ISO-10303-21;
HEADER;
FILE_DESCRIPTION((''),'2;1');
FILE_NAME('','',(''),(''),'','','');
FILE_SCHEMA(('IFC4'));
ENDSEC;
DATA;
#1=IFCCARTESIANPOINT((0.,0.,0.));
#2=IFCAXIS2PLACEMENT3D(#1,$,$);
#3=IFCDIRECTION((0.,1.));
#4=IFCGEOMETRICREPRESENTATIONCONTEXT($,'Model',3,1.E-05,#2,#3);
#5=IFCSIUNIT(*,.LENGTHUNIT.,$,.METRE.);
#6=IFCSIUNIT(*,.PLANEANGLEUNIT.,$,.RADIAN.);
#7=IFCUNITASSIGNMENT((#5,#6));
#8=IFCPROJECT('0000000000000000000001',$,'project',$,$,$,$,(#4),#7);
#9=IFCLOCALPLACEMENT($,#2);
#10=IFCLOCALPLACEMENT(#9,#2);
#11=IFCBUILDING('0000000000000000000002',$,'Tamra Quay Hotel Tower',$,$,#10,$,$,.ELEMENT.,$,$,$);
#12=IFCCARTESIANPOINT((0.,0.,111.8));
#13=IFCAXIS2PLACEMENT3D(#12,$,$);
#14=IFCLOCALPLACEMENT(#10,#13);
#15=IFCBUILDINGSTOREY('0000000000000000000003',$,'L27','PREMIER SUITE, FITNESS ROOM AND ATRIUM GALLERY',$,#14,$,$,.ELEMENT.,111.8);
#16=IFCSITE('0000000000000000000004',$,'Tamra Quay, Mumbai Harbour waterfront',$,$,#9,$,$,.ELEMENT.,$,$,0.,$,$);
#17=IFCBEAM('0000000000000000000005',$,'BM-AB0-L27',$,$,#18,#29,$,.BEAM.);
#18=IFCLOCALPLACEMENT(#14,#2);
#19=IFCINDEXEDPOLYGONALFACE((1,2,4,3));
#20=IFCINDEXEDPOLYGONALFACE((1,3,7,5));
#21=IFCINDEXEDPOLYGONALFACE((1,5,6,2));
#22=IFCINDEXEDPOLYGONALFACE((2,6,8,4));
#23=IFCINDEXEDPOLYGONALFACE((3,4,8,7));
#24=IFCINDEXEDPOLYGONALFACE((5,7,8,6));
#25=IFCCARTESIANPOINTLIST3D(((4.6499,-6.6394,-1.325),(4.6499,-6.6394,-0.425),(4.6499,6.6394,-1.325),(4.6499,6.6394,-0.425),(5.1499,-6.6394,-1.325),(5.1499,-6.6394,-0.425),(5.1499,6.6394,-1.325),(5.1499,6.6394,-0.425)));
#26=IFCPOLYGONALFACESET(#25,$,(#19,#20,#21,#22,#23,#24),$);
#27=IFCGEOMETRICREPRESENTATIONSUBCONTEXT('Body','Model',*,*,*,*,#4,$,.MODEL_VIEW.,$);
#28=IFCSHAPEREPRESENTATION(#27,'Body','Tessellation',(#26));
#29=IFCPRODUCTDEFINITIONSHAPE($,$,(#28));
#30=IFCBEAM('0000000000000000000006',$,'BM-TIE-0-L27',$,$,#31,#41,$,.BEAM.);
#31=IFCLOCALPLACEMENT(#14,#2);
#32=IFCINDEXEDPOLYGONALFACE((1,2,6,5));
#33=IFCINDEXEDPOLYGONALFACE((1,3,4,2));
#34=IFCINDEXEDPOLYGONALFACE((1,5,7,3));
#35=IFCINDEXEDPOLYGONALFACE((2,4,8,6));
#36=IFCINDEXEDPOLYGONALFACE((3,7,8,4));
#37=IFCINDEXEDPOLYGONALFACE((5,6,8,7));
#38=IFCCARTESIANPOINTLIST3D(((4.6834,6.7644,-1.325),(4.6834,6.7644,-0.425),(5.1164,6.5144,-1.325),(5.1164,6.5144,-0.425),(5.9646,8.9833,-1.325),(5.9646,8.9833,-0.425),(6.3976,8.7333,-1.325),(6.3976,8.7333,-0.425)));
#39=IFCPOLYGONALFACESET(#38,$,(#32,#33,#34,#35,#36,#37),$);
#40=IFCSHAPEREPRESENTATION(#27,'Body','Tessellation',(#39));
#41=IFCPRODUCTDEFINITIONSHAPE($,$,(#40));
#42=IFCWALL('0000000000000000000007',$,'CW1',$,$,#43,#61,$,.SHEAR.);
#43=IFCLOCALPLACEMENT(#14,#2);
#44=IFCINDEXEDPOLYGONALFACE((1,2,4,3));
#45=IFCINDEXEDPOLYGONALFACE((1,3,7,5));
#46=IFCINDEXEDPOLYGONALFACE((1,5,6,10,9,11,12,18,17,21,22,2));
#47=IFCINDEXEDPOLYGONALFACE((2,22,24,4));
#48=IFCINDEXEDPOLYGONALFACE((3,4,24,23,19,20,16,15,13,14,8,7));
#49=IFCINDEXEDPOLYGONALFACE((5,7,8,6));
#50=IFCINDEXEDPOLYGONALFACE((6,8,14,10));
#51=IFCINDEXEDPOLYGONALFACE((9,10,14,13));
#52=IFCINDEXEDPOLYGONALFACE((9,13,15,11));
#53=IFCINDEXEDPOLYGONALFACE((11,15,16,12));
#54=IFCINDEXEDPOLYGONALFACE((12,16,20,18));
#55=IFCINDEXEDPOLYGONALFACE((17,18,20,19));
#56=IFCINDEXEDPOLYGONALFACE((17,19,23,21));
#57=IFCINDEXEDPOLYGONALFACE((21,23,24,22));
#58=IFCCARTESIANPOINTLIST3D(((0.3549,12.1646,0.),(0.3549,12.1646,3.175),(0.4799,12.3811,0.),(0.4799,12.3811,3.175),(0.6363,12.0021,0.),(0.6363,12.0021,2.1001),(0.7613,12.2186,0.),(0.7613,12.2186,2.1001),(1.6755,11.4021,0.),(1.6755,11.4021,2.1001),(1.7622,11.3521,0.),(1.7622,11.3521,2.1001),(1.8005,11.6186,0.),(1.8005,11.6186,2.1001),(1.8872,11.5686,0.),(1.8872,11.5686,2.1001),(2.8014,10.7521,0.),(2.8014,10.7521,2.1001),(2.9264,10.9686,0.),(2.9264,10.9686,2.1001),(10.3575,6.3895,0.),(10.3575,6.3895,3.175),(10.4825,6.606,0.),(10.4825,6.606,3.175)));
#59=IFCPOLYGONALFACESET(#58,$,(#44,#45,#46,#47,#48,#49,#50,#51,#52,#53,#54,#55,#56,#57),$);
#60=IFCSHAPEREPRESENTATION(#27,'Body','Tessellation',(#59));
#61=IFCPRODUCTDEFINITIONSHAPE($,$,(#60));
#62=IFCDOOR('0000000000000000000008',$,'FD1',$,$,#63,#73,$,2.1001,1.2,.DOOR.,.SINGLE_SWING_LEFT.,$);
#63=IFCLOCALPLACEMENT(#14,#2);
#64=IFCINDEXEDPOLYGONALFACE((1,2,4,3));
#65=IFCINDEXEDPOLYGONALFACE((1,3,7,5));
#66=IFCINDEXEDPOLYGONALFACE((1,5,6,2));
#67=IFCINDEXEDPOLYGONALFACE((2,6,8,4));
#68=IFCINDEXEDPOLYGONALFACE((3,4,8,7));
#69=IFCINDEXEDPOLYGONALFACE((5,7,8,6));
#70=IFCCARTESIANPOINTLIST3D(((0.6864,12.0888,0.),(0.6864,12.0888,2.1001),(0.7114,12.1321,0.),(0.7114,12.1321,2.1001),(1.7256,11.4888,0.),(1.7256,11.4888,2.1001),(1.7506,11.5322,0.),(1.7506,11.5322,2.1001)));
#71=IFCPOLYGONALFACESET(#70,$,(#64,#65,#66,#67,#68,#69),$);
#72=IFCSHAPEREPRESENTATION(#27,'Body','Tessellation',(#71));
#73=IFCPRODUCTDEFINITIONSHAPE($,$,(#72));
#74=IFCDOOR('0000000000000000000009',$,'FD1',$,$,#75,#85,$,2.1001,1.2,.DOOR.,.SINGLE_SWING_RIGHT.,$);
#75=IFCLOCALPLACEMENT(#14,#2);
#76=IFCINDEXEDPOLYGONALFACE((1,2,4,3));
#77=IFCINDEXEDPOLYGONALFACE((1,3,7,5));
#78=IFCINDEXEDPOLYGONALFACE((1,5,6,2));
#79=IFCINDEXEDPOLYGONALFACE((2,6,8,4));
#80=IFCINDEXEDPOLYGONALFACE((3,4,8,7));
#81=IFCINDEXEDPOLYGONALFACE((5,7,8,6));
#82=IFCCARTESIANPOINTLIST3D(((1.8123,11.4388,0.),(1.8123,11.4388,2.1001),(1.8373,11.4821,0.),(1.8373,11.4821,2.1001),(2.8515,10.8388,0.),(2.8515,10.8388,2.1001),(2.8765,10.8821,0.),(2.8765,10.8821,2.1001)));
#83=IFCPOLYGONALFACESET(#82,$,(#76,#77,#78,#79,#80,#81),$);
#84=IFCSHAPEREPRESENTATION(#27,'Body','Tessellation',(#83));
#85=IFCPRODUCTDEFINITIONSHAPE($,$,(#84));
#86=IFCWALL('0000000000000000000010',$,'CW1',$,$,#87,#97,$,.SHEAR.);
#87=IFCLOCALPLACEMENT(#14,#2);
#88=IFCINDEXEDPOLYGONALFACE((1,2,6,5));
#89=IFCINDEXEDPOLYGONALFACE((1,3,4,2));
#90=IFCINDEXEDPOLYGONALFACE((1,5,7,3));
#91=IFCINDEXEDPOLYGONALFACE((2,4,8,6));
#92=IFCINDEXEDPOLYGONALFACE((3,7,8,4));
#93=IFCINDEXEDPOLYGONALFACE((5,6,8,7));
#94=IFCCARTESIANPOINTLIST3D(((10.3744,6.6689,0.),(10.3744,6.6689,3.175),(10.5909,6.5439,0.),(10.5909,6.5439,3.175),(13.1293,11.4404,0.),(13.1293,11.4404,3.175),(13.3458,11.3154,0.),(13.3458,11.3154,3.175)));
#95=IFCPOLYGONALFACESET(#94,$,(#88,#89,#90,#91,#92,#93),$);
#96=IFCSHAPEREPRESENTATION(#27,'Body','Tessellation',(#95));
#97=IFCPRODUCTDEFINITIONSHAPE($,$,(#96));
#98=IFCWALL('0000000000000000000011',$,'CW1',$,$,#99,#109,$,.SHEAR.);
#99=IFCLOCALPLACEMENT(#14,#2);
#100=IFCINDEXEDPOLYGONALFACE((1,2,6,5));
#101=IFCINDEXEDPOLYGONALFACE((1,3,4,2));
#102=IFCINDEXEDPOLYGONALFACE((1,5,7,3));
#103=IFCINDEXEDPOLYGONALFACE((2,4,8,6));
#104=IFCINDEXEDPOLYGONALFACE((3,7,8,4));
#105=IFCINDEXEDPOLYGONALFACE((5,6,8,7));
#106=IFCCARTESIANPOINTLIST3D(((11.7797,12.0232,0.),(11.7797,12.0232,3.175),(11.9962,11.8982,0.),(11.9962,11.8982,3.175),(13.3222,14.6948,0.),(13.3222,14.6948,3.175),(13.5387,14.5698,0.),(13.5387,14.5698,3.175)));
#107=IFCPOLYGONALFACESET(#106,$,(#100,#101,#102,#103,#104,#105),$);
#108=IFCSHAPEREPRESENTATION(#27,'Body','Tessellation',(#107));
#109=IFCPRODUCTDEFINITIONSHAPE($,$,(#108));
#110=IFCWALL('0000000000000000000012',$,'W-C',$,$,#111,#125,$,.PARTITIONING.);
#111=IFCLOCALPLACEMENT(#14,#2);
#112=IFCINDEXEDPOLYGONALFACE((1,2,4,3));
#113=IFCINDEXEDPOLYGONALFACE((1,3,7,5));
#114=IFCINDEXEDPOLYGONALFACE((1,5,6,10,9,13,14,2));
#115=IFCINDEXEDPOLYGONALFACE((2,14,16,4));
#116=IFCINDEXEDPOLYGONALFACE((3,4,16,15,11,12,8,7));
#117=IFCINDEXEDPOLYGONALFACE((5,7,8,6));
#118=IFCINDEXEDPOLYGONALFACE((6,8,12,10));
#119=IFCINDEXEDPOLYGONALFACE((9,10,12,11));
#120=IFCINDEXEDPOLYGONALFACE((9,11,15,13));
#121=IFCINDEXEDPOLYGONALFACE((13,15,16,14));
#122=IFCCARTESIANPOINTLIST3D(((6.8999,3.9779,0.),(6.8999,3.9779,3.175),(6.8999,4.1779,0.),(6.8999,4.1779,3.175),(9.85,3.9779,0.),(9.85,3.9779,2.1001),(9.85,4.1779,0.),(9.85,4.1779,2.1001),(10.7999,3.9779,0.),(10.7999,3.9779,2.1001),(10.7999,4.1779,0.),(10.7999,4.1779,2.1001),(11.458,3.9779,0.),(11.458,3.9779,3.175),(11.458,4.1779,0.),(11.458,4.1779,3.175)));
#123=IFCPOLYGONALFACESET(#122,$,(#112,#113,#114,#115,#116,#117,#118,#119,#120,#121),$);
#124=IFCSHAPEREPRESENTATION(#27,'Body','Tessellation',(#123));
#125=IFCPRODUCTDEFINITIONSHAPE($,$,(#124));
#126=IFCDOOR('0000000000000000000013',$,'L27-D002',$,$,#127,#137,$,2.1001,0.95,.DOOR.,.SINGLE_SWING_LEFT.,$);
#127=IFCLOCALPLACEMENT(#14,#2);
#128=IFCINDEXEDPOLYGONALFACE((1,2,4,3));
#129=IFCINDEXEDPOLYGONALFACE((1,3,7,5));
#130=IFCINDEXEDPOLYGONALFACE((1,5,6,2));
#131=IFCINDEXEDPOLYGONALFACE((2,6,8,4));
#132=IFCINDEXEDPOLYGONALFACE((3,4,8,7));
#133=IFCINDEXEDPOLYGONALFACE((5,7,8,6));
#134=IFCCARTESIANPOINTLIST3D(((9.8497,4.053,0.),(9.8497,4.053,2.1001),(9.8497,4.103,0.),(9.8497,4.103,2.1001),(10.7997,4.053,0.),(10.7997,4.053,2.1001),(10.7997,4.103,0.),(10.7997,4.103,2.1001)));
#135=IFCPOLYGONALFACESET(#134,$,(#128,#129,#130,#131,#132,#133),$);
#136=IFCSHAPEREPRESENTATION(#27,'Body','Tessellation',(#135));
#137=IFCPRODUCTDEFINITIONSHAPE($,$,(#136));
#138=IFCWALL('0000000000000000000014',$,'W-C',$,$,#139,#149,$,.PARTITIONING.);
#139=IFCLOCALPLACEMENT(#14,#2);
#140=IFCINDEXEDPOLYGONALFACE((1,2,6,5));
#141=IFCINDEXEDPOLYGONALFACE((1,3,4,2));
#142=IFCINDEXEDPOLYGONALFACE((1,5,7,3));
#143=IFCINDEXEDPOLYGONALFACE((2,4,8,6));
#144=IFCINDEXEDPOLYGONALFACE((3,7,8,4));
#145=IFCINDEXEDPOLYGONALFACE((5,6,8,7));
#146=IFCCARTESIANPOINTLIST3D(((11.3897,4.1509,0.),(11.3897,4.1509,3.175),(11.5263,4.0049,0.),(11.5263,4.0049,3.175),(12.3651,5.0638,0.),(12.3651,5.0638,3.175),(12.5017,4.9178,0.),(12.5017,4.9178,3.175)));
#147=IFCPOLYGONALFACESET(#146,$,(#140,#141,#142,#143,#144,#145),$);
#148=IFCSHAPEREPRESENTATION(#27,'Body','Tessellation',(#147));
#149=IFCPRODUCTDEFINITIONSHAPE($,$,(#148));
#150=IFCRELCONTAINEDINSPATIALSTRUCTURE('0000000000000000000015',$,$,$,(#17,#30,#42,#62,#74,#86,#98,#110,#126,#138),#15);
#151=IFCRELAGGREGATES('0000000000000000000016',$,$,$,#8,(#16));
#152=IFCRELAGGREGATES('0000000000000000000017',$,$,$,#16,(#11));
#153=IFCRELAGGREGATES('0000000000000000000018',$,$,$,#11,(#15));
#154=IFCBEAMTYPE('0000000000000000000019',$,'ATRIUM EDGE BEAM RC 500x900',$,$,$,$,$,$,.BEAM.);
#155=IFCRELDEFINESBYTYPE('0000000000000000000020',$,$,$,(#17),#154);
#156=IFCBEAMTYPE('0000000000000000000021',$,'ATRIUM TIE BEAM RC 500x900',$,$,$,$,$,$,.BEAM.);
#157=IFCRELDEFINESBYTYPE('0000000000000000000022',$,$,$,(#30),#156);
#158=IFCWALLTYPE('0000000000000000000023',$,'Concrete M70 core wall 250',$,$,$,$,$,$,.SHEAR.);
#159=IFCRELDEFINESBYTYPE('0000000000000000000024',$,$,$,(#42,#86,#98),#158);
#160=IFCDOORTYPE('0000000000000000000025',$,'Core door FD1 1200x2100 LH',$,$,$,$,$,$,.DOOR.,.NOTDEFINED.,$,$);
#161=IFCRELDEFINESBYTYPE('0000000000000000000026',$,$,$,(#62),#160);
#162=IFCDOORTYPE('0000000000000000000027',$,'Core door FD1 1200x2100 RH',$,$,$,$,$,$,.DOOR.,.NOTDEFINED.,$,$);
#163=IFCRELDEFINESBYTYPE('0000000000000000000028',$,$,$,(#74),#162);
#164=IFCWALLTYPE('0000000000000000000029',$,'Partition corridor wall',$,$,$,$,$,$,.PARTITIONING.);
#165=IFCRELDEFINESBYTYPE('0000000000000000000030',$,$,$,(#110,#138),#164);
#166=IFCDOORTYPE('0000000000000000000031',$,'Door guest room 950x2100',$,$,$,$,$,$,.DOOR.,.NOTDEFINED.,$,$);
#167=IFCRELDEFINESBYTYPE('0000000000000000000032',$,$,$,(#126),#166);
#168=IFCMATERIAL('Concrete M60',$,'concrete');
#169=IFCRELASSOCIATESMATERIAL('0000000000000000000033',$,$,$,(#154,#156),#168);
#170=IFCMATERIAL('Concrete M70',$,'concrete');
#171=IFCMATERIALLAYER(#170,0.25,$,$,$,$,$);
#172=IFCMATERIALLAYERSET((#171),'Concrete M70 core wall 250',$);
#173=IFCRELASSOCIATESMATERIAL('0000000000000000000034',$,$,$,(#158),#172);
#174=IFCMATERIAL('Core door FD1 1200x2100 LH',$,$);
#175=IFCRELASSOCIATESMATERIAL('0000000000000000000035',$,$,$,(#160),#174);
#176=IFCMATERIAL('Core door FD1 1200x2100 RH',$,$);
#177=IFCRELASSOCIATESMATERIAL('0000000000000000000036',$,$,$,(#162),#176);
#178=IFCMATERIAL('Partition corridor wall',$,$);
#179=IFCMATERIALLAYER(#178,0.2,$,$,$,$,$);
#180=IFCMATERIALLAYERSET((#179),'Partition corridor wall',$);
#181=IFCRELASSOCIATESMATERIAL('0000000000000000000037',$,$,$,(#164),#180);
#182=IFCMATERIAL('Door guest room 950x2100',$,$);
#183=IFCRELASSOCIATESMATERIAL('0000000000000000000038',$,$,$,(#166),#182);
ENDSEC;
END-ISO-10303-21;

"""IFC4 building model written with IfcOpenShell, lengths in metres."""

from ifc_helpers import new_model, si_unit, direction, frame, frame_2d, origin, origin_2d, place, context, subcontext, project, spatial, rectangle, extrude, material, layer, layer_set, material_profile, profile_set, type_object, element, fill, save


model = new_model("IFC4")

# Units and contexts
model_context = context("Model", 3, precision=1e-05, world=origin(), true_north=direction((0.0, 1.0)))
body_context = subcontext(model_context, "Body", "Model", "MODEL_VIEW")
ifc_project = project(units=[si_unit("LENGTHUNIT", "METRE"), si_unit("PLANEANGLEUNIT", "RADIAN")], contexts=[model_context])

# Site, building, storey
site_placement = place(None, origin())
site = spatial("IfcSite", under=ifc_project, at=site_placement, Name="Tamra Quay, Mumbai Harbour waterfront", CompositionType="ELEMENT", RefElevation=0.0)
building_placement = place(site_placement, origin())
building = spatial("IfcBuilding", under=site, at=building_placement, Name="Tamra Quay Hotel Tower", CompositionType="ELEMENT")
storey_placement = place(building_placement, frame((0.0, 0.0, 111.8)))
storey = spatial("IfcBuildingStorey", under=building, at=storey_placement, Name="L27", Description="PREMIER SUITE, FITNESS ROOM AND ATRIUM GALLERY", CompositionType="ELEMENT", Elevation=111.8)

# Beams
ifc_material_1 = material(Name="Concrete M60", Category="concrete")
ifc_material_profile_1 = material_profile(ifc_material_1, rectangle(XDim=0.5, YDim=0.8999, at=origin_2d()), Name="ATRIUM EDGE BEAM RC 500x900")
ifc_profile_set_1 = profile_set([ifc_material_profile_1], Name="Concrete M60")
beam_type_1 = type_object("IfcBeamType", Name="ATRIUM EDGE BEAM RC 500x900", PredefinedType="BEAM", material=ifc_profile_set_1)
beam_1_placement = place(storey_placement, frame((4.8999, 6.6394, -0.875), z_axis=(0.0, -1.0, 0.0), x_axis=(1.0, 0.0, 0.0)))
element("IfcBeam", 1, at=beam_1_placement, inside=storey, type_object=beam_type_1, Name="BM-AB0-L27", PredefinedType="BEAM", context=body_context, shape_type="SweptSolid", body=[
    extrude(rectangle(XDim=0.5, YDim=0.8999, at=origin_2d()), origin(), (0.0, 0.0, 1.0), 13.2788),
])
ifc_material_profile_2 = material_profile(ifc_material_1, rectangle(XDim=0.5, YDim=0.8999, at=origin_2d()), Name="ATRIUM TIE BEAM RC 500x900")
ifc_profile_set_2 = profile_set([ifc_material_profile_2], Name="Concrete M60")
beam_type_2 = type_object("IfcBeamType", Name="ATRIUM TIE BEAM RC 500x900", PredefinedType="BEAM", material=ifc_profile_set_2)
beam_2_placement = place(storey_placement, frame((4.8999, 6.6394, -0.875), z_axis=(0.500033, 0.866006, 0.0), x_axis=(-0.866006, 0.500033, 0.0)))
element("IfcBeam", 2, at=beam_2_placement, inside=storey, type_object=beam_type_2, Name="BM-TIE-0-L27", PredefinedType="BEAM", context=body_context, shape_type="SweptSolid", body=[
    extrude(rectangle(XDim=0.5, YDim=0.8999, at=origin_2d()), origin(), (0.0, 0.0, 1.0), 2.5623),
])

# Wall, openings, doors
ifc_material_2 = material(Name="Concrete M70", Category="concrete")
ifc_layer_1 = layer(ifc_material_2, 0.25)
ifc_layer_set_1 = layer_set([ifc_layer_1], Name="Concrete M70 core wall 250")
wall_type_1 = type_object("IfcWallType", Name="Concrete M70 core wall 250", PredefinedType="SHEAR", material=ifc_layer_set_1)
wall_1_placement = place(storey_placement, frame((10.4199, 6.4978, 0.0), z_axis=(0.0, 0.0, 1.0), x_axis=(-0.866022, 0.500006, 0.0)))
wall_1 = element("IfcWall", 3, at=wall_1_placement, inside=storey, type_object=wall_type_1, Name="CW1", PredefinedType="SHEAR", context=body_context, shape_type="SweptSolid", body=[
    extrude(rectangle(XDim=11.55, YDim=0.25, at=frame_2d((5.7749, 0.0))), origin(), (0.0, 0.0, 1.0), 3.175),
])
opening_1_placement = place(wall_1_placement, frame((10.0249, 0.0, 0.0)))
opening_1 = element("IfcOpeningElement", 4, at=opening_1_placement, cuts=wall_1, PredefinedType="OPENING", context=body_context, shape_type="SweptSolid", body=[
    extrude(rectangle(XDim=1.2, YDim=2.1001, at=frame_2d((0.6001, 1.05))), frame((0.0, 0.135, 0.0), z_axis=(0.0, -1.0, 0.0), x_axis=(1.0, 0.0, 0.0)), (0.0, 0.0, 1.0), 0.27),
])
opening_2_placement = place(wall_1_placement, frame((8.7249, 0.0, 0.0)))
opening_2 = element("IfcOpeningElement", 5, at=opening_2_placement, cuts=wall_1, PredefinedType="OPENING", context=body_context, shape_type="SweptSolid", body=[
    extrude(rectangle(XDim=1.2, YDim=2.1001, at=frame_2d((0.6001, 1.05))), frame((0.0, 0.135, 0.0), z_axis=(0.0, -1.0, 0.0), x_axis=(1.0, 0.0, 0.0)), (0.0, 0.0, 1.0), 0.27),
])
ifc_material_3 = material(Name="Core door FD1 1200x2100 LH")
door_type_1 = type_object("IfcDoorType", Name="Core door FD1 1200x2100 LH", OperationType="NOTDEFINED", PredefinedType="DOOR", material=ifc_material_3)
door_1_placement = place(opening_1_placement, origin())
door_1 = element("IfcDoor", 6, at=door_1_placement, inside=storey, type_object=door_type_1, Name="FD1", OperationType="SINGLE_SWING_LEFT", OverallHeight=2.1001, OverallWidth=1.2, PredefinedType="DOOR", context=body_context, shape_type="SweptSolid", body=[
    extrude(rectangle(XDim=1.2, YDim=2.1001, at=frame_2d((0.6001, 1.05))), frame((0.0, 0.0249, 0.0), z_axis=(0.0, -1.0, 0.0), x_axis=(1.0, 0.0, 0.0)), (0.0, 0.0, 1.0), 0.05),
])
fill(opening_1, door_1)
ifc_material_4 = material(Name="Core door FD1 1200x2100 RH")
door_type_2 = type_object("IfcDoorType", Name="Core door FD1 1200x2100 RH", OperationType="NOTDEFINED", PredefinedType="DOOR", material=ifc_material_4)
door_2_placement = place(opening_2_placement, origin())
door_2 = element("IfcDoor", 7, at=door_2_placement, inside=storey, type_object=door_type_2, Name="FD1", OperationType="SINGLE_SWING_RIGHT", OverallHeight=2.1001, OverallWidth=1.2, PredefinedType="DOOR", context=body_context, shape_type="SweptSolid", body=[
    extrude(rectangle(XDim=1.2, YDim=2.1001, at=frame_2d((0.6001, 1.05))), frame((0.0, 0.0249, 0.0), z_axis=(0.0, -1.0, 0.0), x_axis=(1.0, 0.0, 0.0)), (0.0, 0.0, 1.0), 0.05),
])
fill(opening_2, door_2)

# Walls
wall_2_placement = place(storey_placement, frame((13.2375, 11.3779, 0.0), z_axis=(0.0, 0.0, 1.0), x_axis=(-0.500009, -0.86602, 0.0)))
element("IfcWall", 8, at=wall_2_placement, inside=storey, type_object=wall_type_1, Name="CW1", PredefinedType="SHEAR", context=body_context, shape_type="SweptSolid", body=[
    extrude(rectangle(XDim=5.5098, YDim=0.25, at=frame_2d((2.7549, 0.0))), origin(), (0.0, 0.0, 1.0), 3.175),
])
wall_3_placement = place(storey_placement, frame((11.8879, 11.9607, 0.0), z_axis=(0.0, 0.0, 1.0), x_axis=(0.500003, 0.866023, 0.0)))
element("IfcWall", 9, at=wall_3_placement, inside=storey, type_object=wall_type_1, Name="CW1", PredefinedType="SHEAR", context=body_context, shape_type="SweptSolid", body=[
    extrude(rectangle(XDim=3.085, YDim=0.25, at=frame_2d((1.5425, 0.0))), origin(), (0.0, 0.0, 1.0), 3.175),
])

# Wall, opening, door
ifc_material_5 = material(Name="Partition corridor wall")
ifc_layer_2 = layer(ifc_material_5, 0.2)
ifc_layer_set_2 = layer_set([ifc_layer_2], Name="Partition corridor wall")
wall_type_2 = type_object("IfcWallType", Name="Partition corridor wall", PredefinedType="PARTITIONING", material=ifc_layer_set_2)
wall_4_placement = place(storey_placement, frame((6.8999, 4.0779, 0.0), z_axis=(0.0, 0.0, 1.0), x_axis=(1.0, 0.0, 0.0)))
wall_4 = element("IfcWall", 10, at=wall_4_placement, inside=storey, type_object=wall_type_2, Name="W-C", PredefinedType="PARTITIONING", context=body_context, shape_type="SweptSolid", body=[
    extrude(rectangle(XDim=4.5581, YDim=0.2, at=frame_2d((2.2791, 0.0))), origin(), (0.0, 0.0, 1.0), 3.175),
])
opening_3_placement = place(wall_4_placement, frame((2.95, 0.0, 0.0)))
opening_3 = element("IfcOpeningElement", 11, at=opening_3_placement, cuts=wall_4, PredefinedType="OPENING", context=body_context, shape_type="SweptSolid", body=[
    extrude(rectangle(XDim=0.95, YDim=2.1001, at=frame_2d((0.4751, 1.05))), frame((0.0, 0.1099, 0.0), z_axis=(0.0, -1.0, 0.0), x_axis=(1.0, 0.0, 0.0)), (0.0, 0.0, 1.0), 0.22),
])
ifc_material_6 = material(Name="Door guest room 950x2100")
door_type_3 = type_object("IfcDoorType", Name="Door guest room 950x2100", OperationType="NOTDEFINED", PredefinedType="DOOR", material=ifc_material_6)
door_3_placement = place(opening_3_placement, frame((0.95, 0.0, 0.0), z_axis=(0.0, 0.0, 1.0), x_axis=(-1.0, 0.0, 0.0)))
door_3 = element("IfcDoor", 12, at=door_3_placement, inside=storey, type_object=door_type_3, Name="L27-D002", OperationType="SINGLE_SWING_LEFT", OverallHeight=2.1001, OverallWidth=0.95, PredefinedType="DOOR", context=body_context, shape_type="SweptSolid", body=[
    extrude(rectangle(XDim=0.95, YDim=2.1001, at=frame_2d((0.4751, 1.05))), frame((0.0, 0.0249, 0.0), z_axis=(0.0, -1.0, 0.0), x_axis=(1.0, 0.0, 0.0)), (0.0, 0.0, 1.0), 0.05),
])
fill(opening_3, door_3)

# Wall
wall_5_placement = place(storey_placement, frame((11.458, 4.0779, 0.0), z_axis=(0.0, 0.0, 1.0), x_axis=(0.730113, 0.683327, 0.0)))
element("IfcWall", 13, at=wall_5_placement, inside=storey, type_object=wall_type_2, Name="W-C", PredefinedType="PARTITIONING", context=body_context, shape_type="SweptSolid", body=[
    extrude(rectangle(XDim=1.3359, YDim=0.2, at=frame_2d((0.668, 0.0))), origin(), (0.0, 0.0, 1.0), 3.175),
])

save(model, "model.ifc")
